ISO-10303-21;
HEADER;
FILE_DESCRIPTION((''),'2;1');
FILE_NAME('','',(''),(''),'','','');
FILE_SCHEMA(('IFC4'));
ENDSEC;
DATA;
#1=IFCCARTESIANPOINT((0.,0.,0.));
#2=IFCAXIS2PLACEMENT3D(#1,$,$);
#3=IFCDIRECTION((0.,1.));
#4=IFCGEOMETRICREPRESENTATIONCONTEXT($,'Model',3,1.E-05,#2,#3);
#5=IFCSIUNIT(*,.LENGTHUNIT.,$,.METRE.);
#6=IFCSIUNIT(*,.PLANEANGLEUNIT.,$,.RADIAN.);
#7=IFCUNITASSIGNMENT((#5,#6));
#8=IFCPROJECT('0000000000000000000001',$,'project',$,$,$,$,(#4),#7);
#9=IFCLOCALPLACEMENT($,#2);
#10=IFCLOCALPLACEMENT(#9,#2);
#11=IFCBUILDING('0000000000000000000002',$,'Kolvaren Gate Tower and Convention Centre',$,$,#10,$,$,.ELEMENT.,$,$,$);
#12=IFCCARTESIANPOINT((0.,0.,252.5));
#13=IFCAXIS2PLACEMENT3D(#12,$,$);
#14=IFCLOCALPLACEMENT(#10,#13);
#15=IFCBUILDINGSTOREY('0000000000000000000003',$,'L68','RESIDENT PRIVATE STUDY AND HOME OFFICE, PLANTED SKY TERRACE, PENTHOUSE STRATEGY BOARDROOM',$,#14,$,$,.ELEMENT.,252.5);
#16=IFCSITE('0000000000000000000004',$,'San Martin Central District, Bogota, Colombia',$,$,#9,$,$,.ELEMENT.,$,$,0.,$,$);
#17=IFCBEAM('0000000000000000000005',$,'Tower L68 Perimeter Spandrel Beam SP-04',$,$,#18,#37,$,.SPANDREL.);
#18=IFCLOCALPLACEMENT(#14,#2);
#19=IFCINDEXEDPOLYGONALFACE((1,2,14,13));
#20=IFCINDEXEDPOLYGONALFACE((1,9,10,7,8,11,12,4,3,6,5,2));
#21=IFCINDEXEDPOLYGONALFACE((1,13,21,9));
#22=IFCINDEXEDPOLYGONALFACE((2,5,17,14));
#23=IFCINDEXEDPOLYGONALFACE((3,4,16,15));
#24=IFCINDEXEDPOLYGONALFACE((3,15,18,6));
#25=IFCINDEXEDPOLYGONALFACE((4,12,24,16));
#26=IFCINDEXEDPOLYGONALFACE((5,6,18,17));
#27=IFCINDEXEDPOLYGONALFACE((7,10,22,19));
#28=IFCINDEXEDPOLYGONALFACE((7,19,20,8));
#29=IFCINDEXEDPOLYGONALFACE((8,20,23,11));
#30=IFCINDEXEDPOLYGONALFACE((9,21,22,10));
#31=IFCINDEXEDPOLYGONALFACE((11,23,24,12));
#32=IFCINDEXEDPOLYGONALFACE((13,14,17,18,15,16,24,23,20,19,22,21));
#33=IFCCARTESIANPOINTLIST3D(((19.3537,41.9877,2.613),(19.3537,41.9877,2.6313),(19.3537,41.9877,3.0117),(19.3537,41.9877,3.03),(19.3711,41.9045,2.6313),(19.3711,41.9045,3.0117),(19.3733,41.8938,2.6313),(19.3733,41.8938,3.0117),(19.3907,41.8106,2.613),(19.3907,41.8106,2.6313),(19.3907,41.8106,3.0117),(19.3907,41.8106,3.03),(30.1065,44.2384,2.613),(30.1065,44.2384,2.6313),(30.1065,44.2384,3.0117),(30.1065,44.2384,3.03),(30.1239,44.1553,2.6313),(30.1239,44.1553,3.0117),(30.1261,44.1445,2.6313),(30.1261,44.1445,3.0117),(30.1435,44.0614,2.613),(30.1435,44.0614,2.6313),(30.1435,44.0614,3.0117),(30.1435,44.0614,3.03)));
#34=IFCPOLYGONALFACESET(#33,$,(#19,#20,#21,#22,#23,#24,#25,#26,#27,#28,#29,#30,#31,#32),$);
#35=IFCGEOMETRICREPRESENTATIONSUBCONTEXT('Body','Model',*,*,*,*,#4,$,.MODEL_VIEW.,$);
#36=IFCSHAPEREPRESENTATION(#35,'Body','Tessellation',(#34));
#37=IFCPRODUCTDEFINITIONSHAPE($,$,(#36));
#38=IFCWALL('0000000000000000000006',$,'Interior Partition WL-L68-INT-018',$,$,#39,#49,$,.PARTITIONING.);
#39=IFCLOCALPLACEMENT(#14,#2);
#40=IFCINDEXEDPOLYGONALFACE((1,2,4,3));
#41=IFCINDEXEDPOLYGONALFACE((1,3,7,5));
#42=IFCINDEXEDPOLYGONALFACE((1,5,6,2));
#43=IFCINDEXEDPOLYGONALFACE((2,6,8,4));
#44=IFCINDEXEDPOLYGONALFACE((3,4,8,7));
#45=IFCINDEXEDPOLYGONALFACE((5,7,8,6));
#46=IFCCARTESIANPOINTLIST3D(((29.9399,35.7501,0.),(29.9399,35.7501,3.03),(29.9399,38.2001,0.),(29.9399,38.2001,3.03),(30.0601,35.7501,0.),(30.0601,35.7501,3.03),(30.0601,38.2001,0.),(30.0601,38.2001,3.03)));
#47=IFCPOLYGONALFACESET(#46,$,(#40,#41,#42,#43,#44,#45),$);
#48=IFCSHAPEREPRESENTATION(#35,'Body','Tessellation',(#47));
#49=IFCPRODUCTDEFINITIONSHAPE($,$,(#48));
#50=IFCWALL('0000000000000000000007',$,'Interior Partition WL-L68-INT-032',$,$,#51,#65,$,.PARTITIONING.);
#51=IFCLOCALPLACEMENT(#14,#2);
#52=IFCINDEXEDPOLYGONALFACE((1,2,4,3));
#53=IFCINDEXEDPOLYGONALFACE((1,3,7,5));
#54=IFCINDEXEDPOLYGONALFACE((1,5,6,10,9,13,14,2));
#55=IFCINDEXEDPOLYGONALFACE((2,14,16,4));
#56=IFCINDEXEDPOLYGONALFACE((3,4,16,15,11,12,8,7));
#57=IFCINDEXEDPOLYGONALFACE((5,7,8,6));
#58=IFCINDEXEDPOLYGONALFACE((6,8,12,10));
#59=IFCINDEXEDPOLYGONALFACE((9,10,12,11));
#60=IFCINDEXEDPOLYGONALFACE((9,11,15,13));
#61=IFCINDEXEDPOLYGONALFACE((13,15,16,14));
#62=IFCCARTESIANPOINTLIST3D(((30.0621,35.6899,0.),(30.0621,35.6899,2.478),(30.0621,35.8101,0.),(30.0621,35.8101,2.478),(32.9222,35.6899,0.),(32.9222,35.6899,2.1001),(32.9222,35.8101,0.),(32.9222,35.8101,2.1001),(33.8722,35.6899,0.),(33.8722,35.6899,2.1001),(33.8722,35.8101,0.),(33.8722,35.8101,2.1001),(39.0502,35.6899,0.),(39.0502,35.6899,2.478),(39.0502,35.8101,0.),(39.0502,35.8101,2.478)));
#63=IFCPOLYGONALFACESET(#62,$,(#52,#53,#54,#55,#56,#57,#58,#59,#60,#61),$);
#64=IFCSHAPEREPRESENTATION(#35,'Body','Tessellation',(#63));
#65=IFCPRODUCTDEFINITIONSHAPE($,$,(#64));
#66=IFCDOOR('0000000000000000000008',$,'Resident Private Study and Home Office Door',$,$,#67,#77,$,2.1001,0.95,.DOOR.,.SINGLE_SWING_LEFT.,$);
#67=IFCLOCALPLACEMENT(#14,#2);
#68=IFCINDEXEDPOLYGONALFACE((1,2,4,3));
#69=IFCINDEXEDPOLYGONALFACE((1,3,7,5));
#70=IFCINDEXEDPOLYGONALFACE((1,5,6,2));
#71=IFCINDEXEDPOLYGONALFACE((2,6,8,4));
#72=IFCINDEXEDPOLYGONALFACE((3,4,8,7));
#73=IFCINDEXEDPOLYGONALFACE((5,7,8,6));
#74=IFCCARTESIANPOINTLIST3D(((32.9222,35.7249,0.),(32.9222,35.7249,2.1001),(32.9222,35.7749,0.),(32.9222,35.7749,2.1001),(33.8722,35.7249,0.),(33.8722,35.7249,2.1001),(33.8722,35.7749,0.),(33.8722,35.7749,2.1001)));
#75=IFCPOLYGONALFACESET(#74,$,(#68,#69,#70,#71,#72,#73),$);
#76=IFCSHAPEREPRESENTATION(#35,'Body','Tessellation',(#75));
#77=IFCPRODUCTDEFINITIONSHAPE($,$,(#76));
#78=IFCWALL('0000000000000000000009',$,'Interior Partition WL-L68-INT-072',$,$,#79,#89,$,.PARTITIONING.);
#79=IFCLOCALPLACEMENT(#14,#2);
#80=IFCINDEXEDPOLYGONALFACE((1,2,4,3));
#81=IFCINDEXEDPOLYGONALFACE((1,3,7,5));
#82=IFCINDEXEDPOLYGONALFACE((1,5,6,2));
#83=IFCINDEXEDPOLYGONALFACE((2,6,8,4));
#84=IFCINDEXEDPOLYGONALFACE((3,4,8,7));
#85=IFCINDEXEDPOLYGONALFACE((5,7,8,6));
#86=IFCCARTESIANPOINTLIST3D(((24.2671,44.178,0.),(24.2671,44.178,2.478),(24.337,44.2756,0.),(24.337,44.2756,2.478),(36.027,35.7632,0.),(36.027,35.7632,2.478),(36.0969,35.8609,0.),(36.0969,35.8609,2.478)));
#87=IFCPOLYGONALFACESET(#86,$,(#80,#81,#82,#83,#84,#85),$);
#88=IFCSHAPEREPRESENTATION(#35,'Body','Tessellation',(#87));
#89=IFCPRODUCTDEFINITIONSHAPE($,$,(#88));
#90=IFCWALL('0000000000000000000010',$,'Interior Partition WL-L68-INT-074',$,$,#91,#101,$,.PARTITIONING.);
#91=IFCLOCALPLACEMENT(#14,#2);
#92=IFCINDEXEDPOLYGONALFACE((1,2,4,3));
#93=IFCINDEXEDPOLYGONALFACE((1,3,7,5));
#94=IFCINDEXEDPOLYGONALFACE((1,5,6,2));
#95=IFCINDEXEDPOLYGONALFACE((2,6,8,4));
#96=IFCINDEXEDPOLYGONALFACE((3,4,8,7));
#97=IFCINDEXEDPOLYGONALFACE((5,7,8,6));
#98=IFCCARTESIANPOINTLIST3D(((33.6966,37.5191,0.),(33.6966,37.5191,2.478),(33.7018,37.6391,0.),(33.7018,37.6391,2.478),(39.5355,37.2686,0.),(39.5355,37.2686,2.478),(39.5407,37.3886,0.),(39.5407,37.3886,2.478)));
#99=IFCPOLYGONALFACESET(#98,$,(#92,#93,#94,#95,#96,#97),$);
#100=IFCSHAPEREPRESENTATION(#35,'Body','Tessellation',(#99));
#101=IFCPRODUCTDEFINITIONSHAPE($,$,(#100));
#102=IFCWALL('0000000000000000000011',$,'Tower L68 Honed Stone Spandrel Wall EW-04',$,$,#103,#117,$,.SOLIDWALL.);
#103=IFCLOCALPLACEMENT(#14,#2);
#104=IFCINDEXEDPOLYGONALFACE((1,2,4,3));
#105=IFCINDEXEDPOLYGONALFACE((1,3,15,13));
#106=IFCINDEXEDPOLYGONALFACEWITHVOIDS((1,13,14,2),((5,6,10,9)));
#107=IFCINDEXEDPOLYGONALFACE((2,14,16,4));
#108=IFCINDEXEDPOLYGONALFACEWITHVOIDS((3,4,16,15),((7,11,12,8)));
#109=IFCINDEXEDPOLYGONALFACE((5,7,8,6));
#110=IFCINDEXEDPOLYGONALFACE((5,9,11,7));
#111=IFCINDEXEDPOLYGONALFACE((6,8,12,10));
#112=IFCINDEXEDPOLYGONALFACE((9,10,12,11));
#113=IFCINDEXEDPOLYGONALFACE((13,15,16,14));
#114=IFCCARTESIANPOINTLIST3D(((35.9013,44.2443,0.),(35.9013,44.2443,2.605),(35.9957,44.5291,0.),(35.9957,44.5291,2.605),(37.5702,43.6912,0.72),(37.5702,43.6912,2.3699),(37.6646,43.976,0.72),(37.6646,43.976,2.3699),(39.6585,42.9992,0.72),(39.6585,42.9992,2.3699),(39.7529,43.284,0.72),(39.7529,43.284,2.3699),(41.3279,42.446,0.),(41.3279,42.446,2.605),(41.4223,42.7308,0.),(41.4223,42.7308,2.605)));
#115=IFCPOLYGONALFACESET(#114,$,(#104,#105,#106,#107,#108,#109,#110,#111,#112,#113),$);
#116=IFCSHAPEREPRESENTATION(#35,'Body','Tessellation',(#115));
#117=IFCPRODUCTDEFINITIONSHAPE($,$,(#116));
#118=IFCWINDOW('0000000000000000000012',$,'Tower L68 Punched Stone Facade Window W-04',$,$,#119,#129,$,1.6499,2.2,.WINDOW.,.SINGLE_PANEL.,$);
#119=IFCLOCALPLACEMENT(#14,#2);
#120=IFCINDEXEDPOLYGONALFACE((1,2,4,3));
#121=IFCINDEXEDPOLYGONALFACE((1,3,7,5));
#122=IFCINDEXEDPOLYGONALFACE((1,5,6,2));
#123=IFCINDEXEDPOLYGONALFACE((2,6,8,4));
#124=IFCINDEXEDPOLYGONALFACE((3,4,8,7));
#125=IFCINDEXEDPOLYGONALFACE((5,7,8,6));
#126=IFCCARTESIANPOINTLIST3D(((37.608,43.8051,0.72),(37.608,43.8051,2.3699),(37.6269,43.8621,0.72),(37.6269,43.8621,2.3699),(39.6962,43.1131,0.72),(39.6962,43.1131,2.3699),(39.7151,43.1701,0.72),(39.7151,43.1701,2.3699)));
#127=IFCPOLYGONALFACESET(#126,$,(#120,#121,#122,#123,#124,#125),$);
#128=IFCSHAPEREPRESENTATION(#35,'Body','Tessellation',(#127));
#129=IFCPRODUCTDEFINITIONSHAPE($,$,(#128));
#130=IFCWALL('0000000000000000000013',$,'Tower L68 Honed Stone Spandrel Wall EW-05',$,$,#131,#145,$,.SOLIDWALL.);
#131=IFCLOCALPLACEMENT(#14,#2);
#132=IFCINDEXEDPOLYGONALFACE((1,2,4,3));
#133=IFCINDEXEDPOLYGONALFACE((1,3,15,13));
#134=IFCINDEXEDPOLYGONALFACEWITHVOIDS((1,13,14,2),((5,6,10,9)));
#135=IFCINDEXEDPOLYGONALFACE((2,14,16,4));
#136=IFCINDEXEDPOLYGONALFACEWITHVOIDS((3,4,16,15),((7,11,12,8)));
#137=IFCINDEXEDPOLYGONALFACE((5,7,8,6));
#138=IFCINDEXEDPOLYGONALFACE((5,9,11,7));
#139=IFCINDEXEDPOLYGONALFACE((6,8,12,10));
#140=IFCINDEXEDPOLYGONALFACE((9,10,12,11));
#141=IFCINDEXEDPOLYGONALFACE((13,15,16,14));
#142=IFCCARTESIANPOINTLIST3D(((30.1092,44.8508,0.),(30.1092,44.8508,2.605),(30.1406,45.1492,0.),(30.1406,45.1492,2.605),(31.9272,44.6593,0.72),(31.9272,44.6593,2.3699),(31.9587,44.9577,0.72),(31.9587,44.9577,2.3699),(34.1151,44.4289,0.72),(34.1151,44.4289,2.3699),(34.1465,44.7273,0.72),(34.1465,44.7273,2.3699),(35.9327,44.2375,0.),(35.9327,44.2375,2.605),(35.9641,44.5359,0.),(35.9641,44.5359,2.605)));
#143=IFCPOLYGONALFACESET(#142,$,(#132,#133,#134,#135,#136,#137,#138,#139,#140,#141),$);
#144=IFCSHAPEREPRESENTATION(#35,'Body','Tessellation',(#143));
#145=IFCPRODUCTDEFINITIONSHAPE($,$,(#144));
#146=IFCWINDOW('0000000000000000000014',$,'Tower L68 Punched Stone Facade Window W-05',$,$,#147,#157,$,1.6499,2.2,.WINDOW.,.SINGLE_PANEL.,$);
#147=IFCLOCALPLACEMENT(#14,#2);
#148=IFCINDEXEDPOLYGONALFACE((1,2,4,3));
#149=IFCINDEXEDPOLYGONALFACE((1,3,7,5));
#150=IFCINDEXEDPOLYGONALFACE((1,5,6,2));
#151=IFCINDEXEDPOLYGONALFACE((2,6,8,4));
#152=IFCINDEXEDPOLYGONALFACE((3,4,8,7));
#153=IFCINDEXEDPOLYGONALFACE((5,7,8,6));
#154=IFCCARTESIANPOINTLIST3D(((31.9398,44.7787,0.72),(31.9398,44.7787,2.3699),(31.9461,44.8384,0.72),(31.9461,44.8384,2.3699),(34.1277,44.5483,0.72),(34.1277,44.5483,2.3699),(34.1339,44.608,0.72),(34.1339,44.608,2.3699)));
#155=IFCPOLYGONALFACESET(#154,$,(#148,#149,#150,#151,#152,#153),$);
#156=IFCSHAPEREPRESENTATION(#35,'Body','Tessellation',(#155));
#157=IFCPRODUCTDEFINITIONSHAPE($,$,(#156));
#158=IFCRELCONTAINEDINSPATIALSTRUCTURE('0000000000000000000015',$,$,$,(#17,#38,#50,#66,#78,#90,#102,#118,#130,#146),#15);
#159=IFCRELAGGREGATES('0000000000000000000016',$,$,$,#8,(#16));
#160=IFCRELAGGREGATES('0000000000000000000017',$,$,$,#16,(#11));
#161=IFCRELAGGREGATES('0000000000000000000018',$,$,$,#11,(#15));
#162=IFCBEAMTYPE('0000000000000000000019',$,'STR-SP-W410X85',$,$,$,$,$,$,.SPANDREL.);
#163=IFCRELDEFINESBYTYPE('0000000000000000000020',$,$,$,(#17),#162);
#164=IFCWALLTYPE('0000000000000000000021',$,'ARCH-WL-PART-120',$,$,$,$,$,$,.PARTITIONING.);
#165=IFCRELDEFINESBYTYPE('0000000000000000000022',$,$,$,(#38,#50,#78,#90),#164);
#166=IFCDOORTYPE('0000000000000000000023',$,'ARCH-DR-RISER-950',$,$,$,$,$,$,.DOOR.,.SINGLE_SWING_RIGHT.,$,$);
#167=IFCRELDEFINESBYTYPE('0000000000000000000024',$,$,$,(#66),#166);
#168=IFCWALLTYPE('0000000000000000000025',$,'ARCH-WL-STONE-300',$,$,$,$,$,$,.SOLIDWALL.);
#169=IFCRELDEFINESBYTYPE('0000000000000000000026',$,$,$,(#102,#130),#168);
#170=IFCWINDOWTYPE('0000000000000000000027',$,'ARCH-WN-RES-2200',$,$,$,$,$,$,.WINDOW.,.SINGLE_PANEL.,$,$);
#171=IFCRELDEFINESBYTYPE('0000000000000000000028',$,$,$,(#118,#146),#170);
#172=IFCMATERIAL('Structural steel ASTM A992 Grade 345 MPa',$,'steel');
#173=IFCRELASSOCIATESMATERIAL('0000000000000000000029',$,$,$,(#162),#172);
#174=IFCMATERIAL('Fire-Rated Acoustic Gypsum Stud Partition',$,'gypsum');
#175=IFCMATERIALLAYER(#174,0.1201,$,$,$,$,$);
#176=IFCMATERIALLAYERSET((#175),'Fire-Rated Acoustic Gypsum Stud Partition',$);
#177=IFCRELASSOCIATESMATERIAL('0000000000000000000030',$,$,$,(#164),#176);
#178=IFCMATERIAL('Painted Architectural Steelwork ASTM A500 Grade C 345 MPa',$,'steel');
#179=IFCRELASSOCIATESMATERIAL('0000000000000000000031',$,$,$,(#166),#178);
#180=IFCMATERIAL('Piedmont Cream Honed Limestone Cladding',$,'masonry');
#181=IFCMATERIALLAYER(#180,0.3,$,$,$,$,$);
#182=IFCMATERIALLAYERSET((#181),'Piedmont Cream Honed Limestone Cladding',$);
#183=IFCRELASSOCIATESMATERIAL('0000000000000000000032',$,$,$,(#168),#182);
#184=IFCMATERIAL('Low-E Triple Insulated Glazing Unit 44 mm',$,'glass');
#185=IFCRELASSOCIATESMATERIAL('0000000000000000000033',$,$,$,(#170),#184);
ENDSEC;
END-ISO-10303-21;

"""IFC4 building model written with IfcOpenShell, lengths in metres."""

from ifc_helpers import new_model, si_unit, direction, frame, frame_2d, origin, origin_2d, place, context, subcontext, project, spatial, rectangle, i_section, extrude, material, layer, layer_set, material_profile, profile_set, type_object, element, fill, save


model = new_model("IFC4")

# Units and contexts
model_context = context("Model", 3, precision=1e-05, world=origin(), true_north=direction((0.0, 1.0)))
body_context = subcontext(model_context, "Body", "Model", "MODEL_VIEW")
ifc_project = project(units=[si_unit("LENGTHUNIT", "METRE"), si_unit("PLANEANGLEUNIT", "RADIAN")], contexts=[model_context])

# Site, building, storey
site_placement = place(None, origin())
site = spatial("IfcSite", under=ifc_project, at=site_placement, Name="San Martin Central District, Bogota, Colombia", CompositionType="ELEMENT", RefElevation=0.0)
building_placement = place(site_placement, origin())
building = spatial("IfcBuilding", under=site, at=building_placement, Name="Kolvaren Gate Tower and Convention Centre", CompositionType="ELEMENT")
storey_placement = place(building_placement, frame((0.0, 0.0, 252.5)))
storey = spatial("IfcBuildingStorey", under=building, at=storey_placement, Name="L68", Description="RESIDENT PRIVATE STUDY AND HOME OFFICE, PLANTED SKY TERRACE, PENTHOUSE STRATEGY BOARDROOM", CompositionType="ELEMENT", Elevation=252.5)

# Beam
ifc_material_1 = material(Name="Structural steel ASTM A992 Grade 345 MPa", Category="steel")
ifc_material_profile_1 = material_profile(ifc_material_1, i_section(OverallWidth=0.1809, OverallDepth=0.417, WebThickness=0.011, FlangeThickness=0.0183, at=origin_2d()), Name="W410X85")
ifc_profile_set_1 = profile_set([ifc_material_profile_1], Name="Structural steel ASTM A992 Grade 345 MPa")
beam_type_1 = type_object("IfcBeamType", Name="STR-SP-W410X85", PredefinedType="SPANDREL", material=ifc_profile_set_1)
beam_1_placement = place(storey_placement, frame((30.125, 44.1499, 2.8215), z_axis=(-0.978788, -0.204878, 0.0), x_axis=(0.204878, -0.978788, 0.0)))
element("IfcBeam", 1, at=beam_1_placement, inside=storey, type_object=beam_type_1, Name="Tower L68 Perimeter Spandrel Beam SP-04", PredefinedType="SPANDREL", context=body_context, shape_type="SweptSolid", body=[
    extrude(i_section(OverallWidth=0.1809, OverallDepth=0.417, WebThickness=0.011, FlangeThickness=0.0183, at=origin_2d()), origin(), (0.0, 0.0, 1.0), 10.9858),
])

# Wall
ifc_material_2 = material(Name="Fire-Rated Acoustic Gypsum Stud Partition", Category="gypsum")
ifc_layer_1 = layer(ifc_material_2, 0.1201)
ifc_layer_set_1 = layer_set([ifc_layer_1], Name="Fire-Rated Acoustic Gypsum Stud Partition")
wall_type_1 = type_object("IfcWallType", Name="ARCH-WL-PART-120", PredefinedType="PARTITIONING", material=ifc_layer_set_1)
wall_1_placement = place(storey_placement, frame((30.0, 35.75, 0.0), z_axis=(0.0, 0.0, 1.0), x_axis=(0.0, 1.0, 0.0)))
element("IfcWall", 2, at=wall_1_placement, inside=storey, type_object=wall_type_1, Name="Interior Partition WL-L68-INT-018", PredefinedType="PARTITIONING", context=body_context, shape_type="SweptSolid", body=[
    extrude(rectangle(XDim=2.45, YDim=0.1201, at=frame_2d((1.2251, 0.0))), origin(), (0.0, 0.0, 1.0), 3.03),
])

# Wall, opening, door
wall_2_placement = place(storey_placement, frame((30.062, 35.75, 0.0), z_axis=(0.0, 0.0, 1.0), x_axis=(1.0, 0.0, 0.0)))
wall_2 = element("IfcWall", 3, at=wall_2_placement, inside=storey, type_object=wall_type_1, Name="Interior Partition WL-L68-INT-032", PredefinedType="PARTITIONING", context=body_context, shape_type="SweptSolid", body=[
    extrude(rectangle(XDim=8.988, YDim=0.1201, at=frame_2d((4.4941, 0.0))), origin(), (0.0, 0.0, 1.0), 2.478),
])
opening_1_placement = place(wall_2_placement, frame((2.8601, 0.0, 0.0)))
opening_1 = element("IfcOpeningElement", 4, at=opening_1_placement, cuts=wall_2, PredefinedType="OPENING", context=body_context, shape_type="SweptSolid", body=[
    extrude(rectangle(XDim=0.95, YDim=2.1001, at=frame_2d((0.4751, 1.05))), frame((0.0, 0.0701, 0.0), z_axis=(0.0, -1.0, 0.0), x_axis=(1.0, 0.0, 0.0)), (0.0, 0.0, 1.0), 0.1401),
])
ifc_material_3 = material(Name="Painted Architectural Steelwork ASTM A500 Grade C 345 MPa", Category="steel")
door_type = type_object("IfcDoorType", Name="ARCH-DR-RISER-950", OperationType="SINGLE_SWING_RIGHT", PredefinedType="DOOR", material=ifc_material_3)
door_1_placement = place(opening_1_placement, origin())
door_1 = element("IfcDoor", 5, at=door_1_placement, inside=storey, type_object=door_type, Name="Resident Private Study and Home Office Door", OperationType="SINGLE_SWING_LEFT", OverallHeight=2.1001, OverallWidth=0.95, PredefinedType="DOOR", context=body_context, shape_type="SweptSolid", body=[
    extrude(rectangle(XDim=0.95, YDim=2.1001, at=frame_2d((0.4751, 1.05))), frame((0.0, 0.0249, 0.0), z_axis=(0.0, -1.0, 0.0), x_axis=(1.0, 0.0, 0.0)), (0.0, 0.0, 1.0), 0.05),
])
fill(opening_1, door_1)

# Walls
wall_3_placement = place(storey_placement, frame((24.302, 44.2268, 0.0), z_axis=(0.0, 0.0, 1.0), x_axis=(0.81325, -0.581915, 0.0)))
element("IfcWall", 6, at=wall_3_placement, inside=storey, type_object=wall_type_1, Name="Interior Partition WL-L68-INT-072", PredefinedType="PARTITIONING", context=body_context, shape_type="SweptSolid", body=[
    extrude(rectangle(XDim=14.4604, YDim=0.1201, at=frame_2d((7.2302, 0.0))), origin(), (0.0, 0.0, 1.0), 2.478),
])
wall_4_placement = place(storey_placement, frame((33.6992, 37.5791, 0.0), z_axis=(0.0, 0.0, 1.0), x_axis=(0.999081, -0.042861, 0.0)))
element("IfcWall", 7, at=wall_4_placement, inside=storey, type_object=wall_type_1, Name="Interior Partition WL-L68-INT-074", PredefinedType="PARTITIONING", context=body_context, shape_type="SweptSolid", body=[
    extrude(rectangle(XDim=5.8442, YDim=0.1201, at=frame_2d((2.9221, 0.0))), origin(), (0.0, 0.0, 1.0), 2.478),
])

# Walls, openings, windows
ifc_material_4 = material(Name="Piedmont Cream Honed Limestone Cladding", Category="masonry")
ifc_layer_2 = layer(ifc_material_4, 0.3)
ifc_layer_set_2 = layer_set([ifc_layer_2], Name="Piedmont Cream Honed Limestone Cladding")
wall_type_2 = type_object("IfcWallType", Name="ARCH-WL-STONE-300", PredefinedType="SOLIDWALL", material=ifc_layer_set_2)
wall_5_placement = place(storey_placement, frame((35.9485, 44.3867, 0.0), z_axis=(0.0, 0.0, 1.0), x_axis=(0.949233, -0.314575, 0.0)))
wall_5 = element("IfcWall", 8, at=wall_5_placement, inside=storey, type_object=wall_type_2, Name="Tower L68 Honed Stone Spandrel Wall EW-04", PredefinedType="SOLIDWALL", context=body_context, shape_type="SweptSolid", body=[
    extrude(rectangle(XDim=5.7168, YDim=0.3, at=frame_2d((2.8584, 0.0))), origin(), (0.0, 0.0, 1.0), 2.605),
])
opening_2_placement = place(wall_5_placement, frame((1.7581, 0.0, 0.72)))
opening_2 = element("IfcOpeningElement", 9, at=opening_2_placement, cuts=wall_5, PredefinedType="OPENING", context=body_context, shape_type="SweptSolid", body=[
    extrude(rectangle(XDim=2.2, YDim=1.6499, at=frame_2d((1.1001, 0.825))), frame((0.0, 0.1599, 0.0), z_axis=(0.0, -1.0, 0.0), x_axis=(1.0, 0.0, 0.0)), (0.0, 0.0, 1.0), 0.3201),
])
ifc_material_5 = material(Name="Low-E Triple Insulated Glazing Unit 44 mm", Category="glass")
window_type = type_object("IfcWindowType", Name="ARCH-WN-RES-2200", PartitioningType="SINGLE_PANEL", PredefinedType="WINDOW", material=ifc_material_5)
window_1_placement = place(opening_2_placement, origin())
window_1 = element("IfcWindow", 10, at=window_1_placement, inside=storey, type_object=window_type, Name="Tower L68 Punched Stone Facade Window W-04", OverallHeight=1.6499, OverallWidth=2.2, PartitioningType="SINGLE_PANEL", PredefinedType="WINDOW", context=body_context, shape_type="SweptSolid", body=[
    extrude(rectangle(XDim=2.2, YDim=1.6499, at=frame_2d((1.1001, 0.825))), frame((0.0, 0.03, 0.0), z_axis=(0.0, -1.0, 0.0), x_axis=(1.0, 0.0, 0.0)), (0.0, 0.0, 1.0), 0.0601),
])
fill(opening_2, window_1)
wall_6_placement = place(storey_placement, frame((30.125, 45.0, 0.0), z_axis=(0.0, 0.0, 1.0), x_axis=(0.9945, -0.104733, 0.0)))
wall_6 = element("IfcWall", 11, at=wall_6_placement, inside=storey, type_object=wall_type_2, Name="Tower L68 Honed Stone Spandrel Wall EW-05", PredefinedType="SOLIDWALL", context=body_context, shape_type="SweptSolid", body=[
    extrude(rectangle(XDim=5.8557, YDim=0.3, at=frame_2d((2.9277, 0.0))), origin(), (0.0, 0.0, 1.0), 2.605),
])
opening_3_placement = place(wall_6_placement, frame((1.8279, 0.0, 0.72)))
opening_3 = element("IfcOpeningElement", 12, at=opening_3_placement, cuts=wall_6, PredefinedType="OPENING", context=body_context, shape_type="SweptSolid", body=[
    extrude(rectangle(XDim=2.2, YDim=1.6499, at=frame_2d((1.1001, 0.825))), frame((0.0, 0.1599, 0.0), z_axis=(0.0, -1.0, 0.0), x_axis=(1.0, 0.0, 0.0)), (0.0, 0.0, 1.0), 0.3201),
])
window_2_placement = place(opening_3_placement, origin())
window_2 = element("IfcWindow", 13, at=window_2_placement, inside=storey, type_object=window_type, Name="Tower L68 Punched Stone Facade Window W-05", OverallHeight=1.6499, OverallWidth=2.2, PartitioningType="SINGLE_PANEL", PredefinedType="WINDOW", context=body_context, shape_type="SweptSolid", body=[
    extrude(rectangle(XDim=2.2, YDim=1.6499, at=frame_2d((1.1001, 0.825))), frame((0.0, 0.03, 0.0), z_axis=(0.0, -1.0, 0.0), x_axis=(1.0, 0.0, 0.0)), (0.0, 0.0, 1.0), 0.0601),
])
fill(opening_3, window_2)

save(model, "model.ifc")
